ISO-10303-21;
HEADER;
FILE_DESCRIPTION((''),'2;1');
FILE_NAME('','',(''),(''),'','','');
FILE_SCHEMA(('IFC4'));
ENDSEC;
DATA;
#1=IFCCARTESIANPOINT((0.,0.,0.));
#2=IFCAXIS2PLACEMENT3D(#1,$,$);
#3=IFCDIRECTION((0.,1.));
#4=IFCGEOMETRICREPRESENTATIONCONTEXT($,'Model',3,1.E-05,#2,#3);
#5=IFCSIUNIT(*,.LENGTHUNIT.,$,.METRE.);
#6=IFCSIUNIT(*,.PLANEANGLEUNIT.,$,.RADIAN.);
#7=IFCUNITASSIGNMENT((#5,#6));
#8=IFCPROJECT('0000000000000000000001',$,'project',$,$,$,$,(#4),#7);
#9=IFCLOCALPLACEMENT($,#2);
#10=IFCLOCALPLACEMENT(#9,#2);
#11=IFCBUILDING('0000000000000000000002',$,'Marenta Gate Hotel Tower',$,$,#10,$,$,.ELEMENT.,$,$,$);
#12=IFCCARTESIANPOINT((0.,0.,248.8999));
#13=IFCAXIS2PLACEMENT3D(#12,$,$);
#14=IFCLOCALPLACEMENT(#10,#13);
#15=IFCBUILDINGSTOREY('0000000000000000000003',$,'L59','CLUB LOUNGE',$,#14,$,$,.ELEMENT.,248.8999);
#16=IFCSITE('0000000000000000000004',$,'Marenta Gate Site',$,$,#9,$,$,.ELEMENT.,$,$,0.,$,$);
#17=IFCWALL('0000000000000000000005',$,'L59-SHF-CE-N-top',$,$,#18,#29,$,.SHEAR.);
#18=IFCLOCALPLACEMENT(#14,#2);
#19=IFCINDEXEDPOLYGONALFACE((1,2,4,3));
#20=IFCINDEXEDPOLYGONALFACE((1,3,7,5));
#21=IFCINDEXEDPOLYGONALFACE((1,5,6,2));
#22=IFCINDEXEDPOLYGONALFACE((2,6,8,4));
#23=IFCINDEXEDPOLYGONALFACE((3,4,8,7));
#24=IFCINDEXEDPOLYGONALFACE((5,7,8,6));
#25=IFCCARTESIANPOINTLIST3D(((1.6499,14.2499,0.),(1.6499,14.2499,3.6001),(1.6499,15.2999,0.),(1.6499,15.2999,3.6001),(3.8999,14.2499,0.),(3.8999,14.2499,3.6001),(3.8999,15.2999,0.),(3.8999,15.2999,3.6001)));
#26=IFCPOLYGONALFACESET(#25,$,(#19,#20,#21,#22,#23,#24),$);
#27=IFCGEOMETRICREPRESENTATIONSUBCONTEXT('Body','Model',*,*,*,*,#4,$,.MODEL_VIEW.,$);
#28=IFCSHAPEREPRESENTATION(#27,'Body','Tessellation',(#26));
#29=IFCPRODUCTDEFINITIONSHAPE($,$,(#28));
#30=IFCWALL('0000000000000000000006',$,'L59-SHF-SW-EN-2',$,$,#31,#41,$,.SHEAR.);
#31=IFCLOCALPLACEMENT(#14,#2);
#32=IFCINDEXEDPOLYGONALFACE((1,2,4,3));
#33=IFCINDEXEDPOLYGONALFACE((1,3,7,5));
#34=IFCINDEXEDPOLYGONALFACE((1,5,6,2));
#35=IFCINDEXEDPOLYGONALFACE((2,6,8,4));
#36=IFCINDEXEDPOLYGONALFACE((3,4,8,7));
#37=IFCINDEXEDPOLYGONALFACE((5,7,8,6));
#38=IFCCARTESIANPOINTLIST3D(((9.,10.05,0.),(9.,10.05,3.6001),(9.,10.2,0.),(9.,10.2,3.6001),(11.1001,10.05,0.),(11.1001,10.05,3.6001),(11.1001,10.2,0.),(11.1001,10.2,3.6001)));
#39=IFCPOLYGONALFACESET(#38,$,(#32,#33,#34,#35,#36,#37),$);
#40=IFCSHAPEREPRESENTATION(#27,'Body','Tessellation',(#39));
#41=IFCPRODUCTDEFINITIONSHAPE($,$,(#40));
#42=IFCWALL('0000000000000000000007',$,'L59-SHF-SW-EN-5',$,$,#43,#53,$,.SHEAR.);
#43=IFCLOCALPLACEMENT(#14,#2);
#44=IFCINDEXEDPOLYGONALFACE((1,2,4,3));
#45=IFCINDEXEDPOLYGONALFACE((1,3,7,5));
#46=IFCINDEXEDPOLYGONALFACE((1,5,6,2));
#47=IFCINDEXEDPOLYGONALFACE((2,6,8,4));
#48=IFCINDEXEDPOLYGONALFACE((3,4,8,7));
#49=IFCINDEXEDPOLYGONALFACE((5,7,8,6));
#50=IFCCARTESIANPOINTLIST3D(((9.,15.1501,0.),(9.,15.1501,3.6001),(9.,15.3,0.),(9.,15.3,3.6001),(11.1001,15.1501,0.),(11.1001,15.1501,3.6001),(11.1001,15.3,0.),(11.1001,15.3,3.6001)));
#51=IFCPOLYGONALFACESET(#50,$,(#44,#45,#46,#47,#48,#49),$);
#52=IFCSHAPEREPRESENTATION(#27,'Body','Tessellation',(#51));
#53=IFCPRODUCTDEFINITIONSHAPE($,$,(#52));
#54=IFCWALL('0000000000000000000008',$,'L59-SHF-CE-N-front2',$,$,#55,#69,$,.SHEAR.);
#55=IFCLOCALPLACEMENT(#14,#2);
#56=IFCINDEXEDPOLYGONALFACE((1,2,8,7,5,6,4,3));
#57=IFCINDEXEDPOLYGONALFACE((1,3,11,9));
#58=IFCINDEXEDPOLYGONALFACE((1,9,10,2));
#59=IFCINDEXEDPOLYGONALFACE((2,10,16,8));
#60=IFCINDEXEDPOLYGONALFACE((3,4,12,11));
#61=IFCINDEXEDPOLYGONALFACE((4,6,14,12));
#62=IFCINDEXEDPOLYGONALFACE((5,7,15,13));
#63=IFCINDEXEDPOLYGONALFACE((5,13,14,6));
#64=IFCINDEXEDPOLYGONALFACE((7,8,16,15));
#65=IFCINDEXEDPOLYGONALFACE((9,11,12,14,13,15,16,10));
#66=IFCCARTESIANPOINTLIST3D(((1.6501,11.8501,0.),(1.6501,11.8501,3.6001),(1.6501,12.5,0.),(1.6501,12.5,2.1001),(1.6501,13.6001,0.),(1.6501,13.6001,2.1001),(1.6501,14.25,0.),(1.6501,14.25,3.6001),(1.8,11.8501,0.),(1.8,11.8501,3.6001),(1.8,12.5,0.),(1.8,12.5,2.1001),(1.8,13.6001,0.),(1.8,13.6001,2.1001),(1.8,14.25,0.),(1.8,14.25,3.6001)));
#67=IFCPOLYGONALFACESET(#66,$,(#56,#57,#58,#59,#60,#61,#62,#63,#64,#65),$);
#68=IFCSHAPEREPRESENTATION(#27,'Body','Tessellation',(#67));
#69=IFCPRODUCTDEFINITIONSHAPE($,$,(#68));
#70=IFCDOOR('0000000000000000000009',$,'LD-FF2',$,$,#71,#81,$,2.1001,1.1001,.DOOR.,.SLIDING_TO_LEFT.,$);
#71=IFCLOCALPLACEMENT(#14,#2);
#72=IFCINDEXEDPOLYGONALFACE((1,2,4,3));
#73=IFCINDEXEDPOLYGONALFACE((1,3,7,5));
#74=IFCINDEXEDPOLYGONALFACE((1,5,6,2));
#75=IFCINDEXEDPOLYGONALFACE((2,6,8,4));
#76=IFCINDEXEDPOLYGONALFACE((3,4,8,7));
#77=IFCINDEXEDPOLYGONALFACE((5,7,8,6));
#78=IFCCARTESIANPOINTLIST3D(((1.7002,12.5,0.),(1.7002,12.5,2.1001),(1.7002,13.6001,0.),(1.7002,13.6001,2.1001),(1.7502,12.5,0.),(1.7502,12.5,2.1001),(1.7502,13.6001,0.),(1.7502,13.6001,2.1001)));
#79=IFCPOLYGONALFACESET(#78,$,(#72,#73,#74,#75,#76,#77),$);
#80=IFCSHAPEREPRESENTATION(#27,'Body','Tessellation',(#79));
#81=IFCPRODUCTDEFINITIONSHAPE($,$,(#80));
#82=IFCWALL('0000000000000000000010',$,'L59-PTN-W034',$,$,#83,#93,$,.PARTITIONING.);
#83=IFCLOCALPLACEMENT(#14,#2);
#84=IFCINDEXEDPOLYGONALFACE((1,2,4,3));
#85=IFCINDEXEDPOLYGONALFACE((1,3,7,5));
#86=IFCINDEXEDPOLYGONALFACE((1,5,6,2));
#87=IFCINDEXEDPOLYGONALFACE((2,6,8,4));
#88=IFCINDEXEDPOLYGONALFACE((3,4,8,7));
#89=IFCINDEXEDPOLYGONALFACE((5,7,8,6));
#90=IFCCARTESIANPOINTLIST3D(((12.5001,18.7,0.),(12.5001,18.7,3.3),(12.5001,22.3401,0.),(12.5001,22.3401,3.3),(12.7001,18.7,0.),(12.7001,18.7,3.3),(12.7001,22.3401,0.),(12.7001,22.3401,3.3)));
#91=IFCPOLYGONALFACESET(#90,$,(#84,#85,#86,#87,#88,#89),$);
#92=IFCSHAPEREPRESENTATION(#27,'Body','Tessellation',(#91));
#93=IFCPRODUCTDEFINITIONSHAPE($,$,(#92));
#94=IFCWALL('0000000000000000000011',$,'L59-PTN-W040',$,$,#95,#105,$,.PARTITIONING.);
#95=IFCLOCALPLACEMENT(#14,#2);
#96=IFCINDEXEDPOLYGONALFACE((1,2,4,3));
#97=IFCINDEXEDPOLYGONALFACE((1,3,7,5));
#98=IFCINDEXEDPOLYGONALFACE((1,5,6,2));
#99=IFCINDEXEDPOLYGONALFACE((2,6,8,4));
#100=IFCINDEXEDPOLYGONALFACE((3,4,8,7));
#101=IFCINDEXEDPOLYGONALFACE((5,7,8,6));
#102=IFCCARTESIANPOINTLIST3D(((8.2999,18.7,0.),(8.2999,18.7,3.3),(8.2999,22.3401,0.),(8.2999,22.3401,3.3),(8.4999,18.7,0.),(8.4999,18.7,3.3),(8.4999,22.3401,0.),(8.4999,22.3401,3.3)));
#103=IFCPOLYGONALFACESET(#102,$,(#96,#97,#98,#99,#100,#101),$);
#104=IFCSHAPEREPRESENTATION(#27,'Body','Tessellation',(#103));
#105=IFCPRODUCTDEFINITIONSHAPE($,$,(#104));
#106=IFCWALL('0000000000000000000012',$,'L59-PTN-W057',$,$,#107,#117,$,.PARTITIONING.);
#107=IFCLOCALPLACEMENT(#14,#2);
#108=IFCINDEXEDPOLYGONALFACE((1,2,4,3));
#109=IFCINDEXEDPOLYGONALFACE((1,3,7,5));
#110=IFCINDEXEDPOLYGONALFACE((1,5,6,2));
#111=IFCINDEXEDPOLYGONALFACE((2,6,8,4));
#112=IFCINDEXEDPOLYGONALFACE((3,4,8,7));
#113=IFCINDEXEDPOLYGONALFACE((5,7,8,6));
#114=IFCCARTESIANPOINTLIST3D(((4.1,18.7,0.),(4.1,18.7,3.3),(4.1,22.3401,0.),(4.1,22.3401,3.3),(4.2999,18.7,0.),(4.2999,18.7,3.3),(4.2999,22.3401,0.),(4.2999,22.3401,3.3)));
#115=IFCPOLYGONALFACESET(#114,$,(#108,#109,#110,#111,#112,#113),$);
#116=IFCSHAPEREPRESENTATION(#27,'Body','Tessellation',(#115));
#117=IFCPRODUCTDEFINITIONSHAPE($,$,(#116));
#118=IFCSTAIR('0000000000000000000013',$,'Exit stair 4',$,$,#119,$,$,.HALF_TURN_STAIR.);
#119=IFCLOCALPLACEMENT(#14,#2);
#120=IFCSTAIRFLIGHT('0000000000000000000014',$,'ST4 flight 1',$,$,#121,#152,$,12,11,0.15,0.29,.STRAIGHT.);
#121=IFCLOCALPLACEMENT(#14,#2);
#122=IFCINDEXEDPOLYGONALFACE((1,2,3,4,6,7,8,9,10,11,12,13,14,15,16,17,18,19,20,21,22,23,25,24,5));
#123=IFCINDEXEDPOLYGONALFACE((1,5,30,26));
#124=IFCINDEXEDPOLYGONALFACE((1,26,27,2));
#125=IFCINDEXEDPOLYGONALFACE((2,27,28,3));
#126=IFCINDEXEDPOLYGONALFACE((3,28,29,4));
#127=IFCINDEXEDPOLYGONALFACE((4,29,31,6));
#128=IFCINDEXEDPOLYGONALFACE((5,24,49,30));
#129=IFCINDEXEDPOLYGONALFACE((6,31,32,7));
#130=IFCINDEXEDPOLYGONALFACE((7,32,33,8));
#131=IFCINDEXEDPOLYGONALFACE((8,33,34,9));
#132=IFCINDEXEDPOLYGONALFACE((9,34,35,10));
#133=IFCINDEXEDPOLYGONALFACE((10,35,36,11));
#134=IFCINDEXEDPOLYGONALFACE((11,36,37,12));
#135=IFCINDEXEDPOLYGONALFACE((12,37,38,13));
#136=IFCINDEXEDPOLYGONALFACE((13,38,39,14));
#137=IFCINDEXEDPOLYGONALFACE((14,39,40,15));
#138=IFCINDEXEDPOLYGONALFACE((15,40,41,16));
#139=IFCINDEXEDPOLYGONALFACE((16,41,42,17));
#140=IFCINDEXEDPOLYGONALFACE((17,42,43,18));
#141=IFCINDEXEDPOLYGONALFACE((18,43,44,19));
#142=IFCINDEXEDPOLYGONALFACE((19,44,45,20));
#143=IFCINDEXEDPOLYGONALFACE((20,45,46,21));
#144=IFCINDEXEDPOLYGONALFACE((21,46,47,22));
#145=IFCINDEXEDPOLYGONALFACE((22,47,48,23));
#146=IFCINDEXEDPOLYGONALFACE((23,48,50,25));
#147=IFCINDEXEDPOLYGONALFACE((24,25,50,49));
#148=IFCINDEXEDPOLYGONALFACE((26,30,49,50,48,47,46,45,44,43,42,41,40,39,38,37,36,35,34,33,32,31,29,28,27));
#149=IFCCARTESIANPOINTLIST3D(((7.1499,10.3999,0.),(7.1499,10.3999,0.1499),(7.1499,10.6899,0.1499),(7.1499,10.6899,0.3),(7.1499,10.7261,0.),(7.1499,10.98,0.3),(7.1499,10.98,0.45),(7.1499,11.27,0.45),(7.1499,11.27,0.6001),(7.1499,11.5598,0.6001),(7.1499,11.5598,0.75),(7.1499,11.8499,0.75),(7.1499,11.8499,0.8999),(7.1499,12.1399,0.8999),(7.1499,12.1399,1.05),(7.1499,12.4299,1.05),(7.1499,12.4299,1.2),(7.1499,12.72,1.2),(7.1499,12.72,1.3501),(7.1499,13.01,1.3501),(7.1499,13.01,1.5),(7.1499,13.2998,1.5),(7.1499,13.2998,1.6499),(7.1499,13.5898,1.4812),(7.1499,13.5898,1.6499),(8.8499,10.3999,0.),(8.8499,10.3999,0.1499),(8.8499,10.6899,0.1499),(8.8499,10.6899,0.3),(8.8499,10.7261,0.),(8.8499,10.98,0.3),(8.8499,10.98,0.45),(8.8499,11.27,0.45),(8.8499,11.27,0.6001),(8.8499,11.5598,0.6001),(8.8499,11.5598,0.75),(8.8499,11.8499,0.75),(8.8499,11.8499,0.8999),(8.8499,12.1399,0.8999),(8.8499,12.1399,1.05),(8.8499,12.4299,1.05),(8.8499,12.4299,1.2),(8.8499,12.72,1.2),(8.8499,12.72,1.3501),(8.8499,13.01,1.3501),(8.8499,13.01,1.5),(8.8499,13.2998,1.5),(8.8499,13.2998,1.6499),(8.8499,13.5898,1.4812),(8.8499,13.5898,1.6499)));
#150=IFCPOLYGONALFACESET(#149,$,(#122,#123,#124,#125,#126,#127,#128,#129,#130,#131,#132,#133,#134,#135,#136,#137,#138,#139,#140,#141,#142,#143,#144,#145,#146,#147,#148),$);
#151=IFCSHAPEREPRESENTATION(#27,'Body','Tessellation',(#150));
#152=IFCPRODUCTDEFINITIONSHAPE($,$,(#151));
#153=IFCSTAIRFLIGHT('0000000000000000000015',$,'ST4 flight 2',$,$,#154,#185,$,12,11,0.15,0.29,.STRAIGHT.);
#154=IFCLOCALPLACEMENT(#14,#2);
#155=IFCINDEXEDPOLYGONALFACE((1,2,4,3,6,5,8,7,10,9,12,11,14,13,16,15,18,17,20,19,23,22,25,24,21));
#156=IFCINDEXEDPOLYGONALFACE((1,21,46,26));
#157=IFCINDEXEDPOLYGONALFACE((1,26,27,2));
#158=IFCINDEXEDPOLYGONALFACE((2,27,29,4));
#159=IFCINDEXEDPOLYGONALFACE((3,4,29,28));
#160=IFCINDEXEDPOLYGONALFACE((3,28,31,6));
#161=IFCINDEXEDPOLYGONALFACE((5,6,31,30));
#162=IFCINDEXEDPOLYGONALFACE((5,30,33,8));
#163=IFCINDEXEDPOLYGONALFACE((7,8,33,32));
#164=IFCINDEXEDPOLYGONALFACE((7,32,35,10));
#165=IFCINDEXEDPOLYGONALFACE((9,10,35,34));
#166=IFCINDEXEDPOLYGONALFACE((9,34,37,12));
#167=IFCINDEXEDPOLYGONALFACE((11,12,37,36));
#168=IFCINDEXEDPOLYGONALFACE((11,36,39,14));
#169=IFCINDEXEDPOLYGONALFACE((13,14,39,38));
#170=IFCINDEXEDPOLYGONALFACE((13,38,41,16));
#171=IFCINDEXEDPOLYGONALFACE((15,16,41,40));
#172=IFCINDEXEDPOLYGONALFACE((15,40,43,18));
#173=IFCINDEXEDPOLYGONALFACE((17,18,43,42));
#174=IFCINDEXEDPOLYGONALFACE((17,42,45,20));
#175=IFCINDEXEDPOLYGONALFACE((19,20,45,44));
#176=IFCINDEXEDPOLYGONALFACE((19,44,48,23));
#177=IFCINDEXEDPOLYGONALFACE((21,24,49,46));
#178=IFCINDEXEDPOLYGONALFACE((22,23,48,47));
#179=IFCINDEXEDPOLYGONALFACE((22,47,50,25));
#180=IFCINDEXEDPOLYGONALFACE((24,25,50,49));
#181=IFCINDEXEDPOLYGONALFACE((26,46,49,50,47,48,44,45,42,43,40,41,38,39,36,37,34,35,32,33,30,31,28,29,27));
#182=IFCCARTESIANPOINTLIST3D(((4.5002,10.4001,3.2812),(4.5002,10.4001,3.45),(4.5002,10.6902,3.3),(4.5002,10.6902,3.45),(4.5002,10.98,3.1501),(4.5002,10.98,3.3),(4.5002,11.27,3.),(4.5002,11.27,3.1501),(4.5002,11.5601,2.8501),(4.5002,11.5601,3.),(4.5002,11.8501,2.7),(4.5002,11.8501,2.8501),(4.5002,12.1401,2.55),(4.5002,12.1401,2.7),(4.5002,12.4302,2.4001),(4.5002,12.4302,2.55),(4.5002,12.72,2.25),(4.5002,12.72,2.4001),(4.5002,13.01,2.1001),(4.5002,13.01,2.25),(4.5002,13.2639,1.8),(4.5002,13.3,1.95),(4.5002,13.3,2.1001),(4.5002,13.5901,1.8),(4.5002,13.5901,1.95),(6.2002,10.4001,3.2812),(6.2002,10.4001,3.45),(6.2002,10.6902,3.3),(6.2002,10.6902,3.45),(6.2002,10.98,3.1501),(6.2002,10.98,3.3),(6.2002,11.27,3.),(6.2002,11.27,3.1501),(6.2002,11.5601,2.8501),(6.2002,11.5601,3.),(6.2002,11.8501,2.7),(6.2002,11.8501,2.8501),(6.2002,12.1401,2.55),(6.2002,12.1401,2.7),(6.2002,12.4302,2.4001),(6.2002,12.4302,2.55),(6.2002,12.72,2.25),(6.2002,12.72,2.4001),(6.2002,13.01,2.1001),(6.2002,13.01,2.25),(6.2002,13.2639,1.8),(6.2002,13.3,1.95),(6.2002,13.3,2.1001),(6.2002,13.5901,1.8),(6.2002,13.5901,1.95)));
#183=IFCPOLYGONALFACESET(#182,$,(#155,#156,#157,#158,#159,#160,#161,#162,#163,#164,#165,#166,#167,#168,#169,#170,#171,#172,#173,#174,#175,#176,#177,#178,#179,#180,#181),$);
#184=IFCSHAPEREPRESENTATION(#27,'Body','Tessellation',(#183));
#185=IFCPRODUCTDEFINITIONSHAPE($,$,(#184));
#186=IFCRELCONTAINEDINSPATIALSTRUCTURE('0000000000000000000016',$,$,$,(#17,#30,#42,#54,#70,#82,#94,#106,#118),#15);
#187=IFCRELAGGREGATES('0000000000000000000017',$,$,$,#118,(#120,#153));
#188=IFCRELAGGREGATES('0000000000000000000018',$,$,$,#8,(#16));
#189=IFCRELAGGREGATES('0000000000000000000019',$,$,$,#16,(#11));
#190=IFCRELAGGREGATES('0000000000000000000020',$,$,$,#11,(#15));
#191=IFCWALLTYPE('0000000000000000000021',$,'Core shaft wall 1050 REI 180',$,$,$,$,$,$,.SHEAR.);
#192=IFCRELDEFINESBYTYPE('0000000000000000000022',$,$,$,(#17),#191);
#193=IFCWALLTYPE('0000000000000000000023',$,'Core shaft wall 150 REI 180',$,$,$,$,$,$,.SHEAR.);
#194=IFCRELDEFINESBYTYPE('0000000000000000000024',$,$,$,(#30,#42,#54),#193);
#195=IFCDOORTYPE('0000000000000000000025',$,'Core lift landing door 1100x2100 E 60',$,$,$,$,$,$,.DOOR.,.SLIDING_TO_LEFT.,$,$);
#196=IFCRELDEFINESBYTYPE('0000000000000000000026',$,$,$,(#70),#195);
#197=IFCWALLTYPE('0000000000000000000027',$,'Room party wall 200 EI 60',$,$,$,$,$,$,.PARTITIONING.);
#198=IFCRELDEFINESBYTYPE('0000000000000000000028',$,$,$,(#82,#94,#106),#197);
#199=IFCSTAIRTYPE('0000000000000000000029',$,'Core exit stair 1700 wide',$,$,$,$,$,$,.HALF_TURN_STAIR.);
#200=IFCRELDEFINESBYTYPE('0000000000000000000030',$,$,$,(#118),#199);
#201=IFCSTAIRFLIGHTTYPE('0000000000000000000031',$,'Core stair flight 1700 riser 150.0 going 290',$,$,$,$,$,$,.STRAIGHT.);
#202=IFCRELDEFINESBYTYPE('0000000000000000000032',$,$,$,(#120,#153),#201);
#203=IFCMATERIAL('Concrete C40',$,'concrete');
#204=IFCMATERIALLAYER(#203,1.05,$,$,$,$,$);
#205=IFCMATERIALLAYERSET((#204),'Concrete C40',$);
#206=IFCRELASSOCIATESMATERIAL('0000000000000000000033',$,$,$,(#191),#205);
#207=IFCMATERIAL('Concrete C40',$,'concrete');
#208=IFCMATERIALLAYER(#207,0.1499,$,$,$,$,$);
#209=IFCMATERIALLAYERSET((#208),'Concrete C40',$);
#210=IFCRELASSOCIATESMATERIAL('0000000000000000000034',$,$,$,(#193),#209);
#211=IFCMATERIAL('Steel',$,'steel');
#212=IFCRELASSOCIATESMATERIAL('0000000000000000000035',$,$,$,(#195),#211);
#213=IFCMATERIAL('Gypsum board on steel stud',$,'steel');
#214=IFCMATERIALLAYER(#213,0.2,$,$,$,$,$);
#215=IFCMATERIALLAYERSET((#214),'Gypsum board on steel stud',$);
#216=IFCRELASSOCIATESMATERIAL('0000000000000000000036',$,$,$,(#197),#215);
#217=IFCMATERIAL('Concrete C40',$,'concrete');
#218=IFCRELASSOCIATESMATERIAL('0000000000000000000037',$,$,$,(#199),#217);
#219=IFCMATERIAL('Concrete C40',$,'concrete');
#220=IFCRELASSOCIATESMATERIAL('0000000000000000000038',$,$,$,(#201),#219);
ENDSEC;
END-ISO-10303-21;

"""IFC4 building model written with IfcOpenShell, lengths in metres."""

from ifc_helpers import new_model, si_unit, direction, frame, frame_2d, origin, place, context, subcontext, project, spatial, polyline, rectangle, outline, extrude, material, layer, layer_set, type_object, element, fill, aggregate, save


model = new_model("IFC4")

# Units and contexts
model_context = context("Model", 3, precision=1e-05, world=origin(), true_north=direction((0.0, 1.0)))
body_context = subcontext(model_context, "Body", "Model", "MODEL_VIEW")
ifc_project = project(units=[si_unit("LENGTHUNIT", "METRE"), si_unit("PLANEANGLEUNIT", "RADIAN")], contexts=[model_context])

# Site, building, storey
site_placement = place(None, origin())
site = spatial("IfcSite", under=ifc_project, at=site_placement, Name="Marenta Gate Site", CompositionType="ELEMENT", RefElevation=0.0)
building_placement = place(site_placement, origin())
building = spatial("IfcBuilding", under=site, at=building_placement, Name="Marenta Gate Hotel Tower", CompositionType="ELEMENT")
storey_placement = place(building_placement, frame((0.0, 0.0, 248.8999)))
storey = spatial("IfcBuildingStorey", under=building, at=storey_placement, Name="L59", Description="CLUB LOUNGE", CompositionType="ELEMENT", Elevation=248.8999)

# Walls
ifc_material_1 = material(Name="Concrete C40", Category="concrete")
ifc_layer_1 = layer(ifc_material_1, 1.05)
ifc_layer_set_1 = layer_set([ifc_layer_1], Name="Concrete C40")
wall_type_1 = type_object("IfcWallType", Name="Core shaft wall 1050 REI 180", PredefinedType="SHEAR", material=ifc_layer_set_1)
wall_1_placement = place(storey_placement, frame((1.6499, 14.7749, 0.0), z_axis=(0.0, 0.0, 1.0), x_axis=(1.0, 0.0, 0.0)))
element("IfcWall", 1, at=wall_1_placement, inside=storey, type_object=wall_type_1, Name="L59-SHF-CE-N-top", PredefinedType="SHEAR", context=body_context, shape_type="SweptSolid", body=[
    extrude(rectangle(XDim=2.25, YDim=1.05, at=frame_2d((1.125, 0.0))), origin(), (0.0, 0.0, 1.0), 3.6001),
])
ifc_material_2 = material(Name="Concrete C40", Category="concrete")
ifc_layer_2 = layer(ifc_material_2, 0.1499)
ifc_layer_set_2 = layer_set([ifc_layer_2], Name="Concrete C40")
wall_type_2 = type_object("IfcWallType", Name="Core shaft wall 150 REI 180", PredefinedType="SHEAR", material=ifc_layer_set_2)
for number, where, z_axis, x_axis, name in (
    (2, (9.0, 10.125, 0.0), (0.0, 0.0, 1.0), (1.0, 0.0, 0.0), "L59-SHF-SW-EN-2"),
    (3, (9.0, 15.2251, 0.0), (0.0, 0.0, 1.0), (1.0, 0.0, 0.0), "L59-SHF-SW-EN-5"),
):
    element("IfcWall", number, at=place(storey_placement, frame(where, z_axis=z_axis, x_axis=x_axis)), inside=storey, type_object=wall_type_2, Name=name, PredefinedType="SHEAR", context=body_context, shape_type="SweptSolid", body=[
        extrude(rectangle(XDim=2.1001, YDim=0.1499, at=frame_2d((1.05, 0.0))), origin(), (0.0, 0.0, 1.0), 3.6001),
    ])

# Wall, opening, door
wall_2_placement = place(storey_placement, frame((1.7251, 11.8501, 0.0), z_axis=(0.0, 0.0, 1.0), x_axis=(0.0, 1.0, 0.0)))
wall_2 = element("IfcWall", 4, at=wall_2_placement, inside=storey, type_object=wall_type_2, Name="L59-SHF-CE-N-front2", PredefinedType="SHEAR", context=body_context, shape_type="SweptSolid", body=[
    extrude(rectangle(XDim=2.3999, YDim=0.1499, at=frame_2d((1.2, 0.0))), origin(), (0.0, 0.0, 1.0), 3.6001),
])
opening_placement = place(wall_2_placement, frame((0.6499, 0.0, 0.0)))
opening = element("IfcOpeningElement", 5, at=opening_placement, cuts=wall_2, PredefinedType="OPENING", context=body_context, shape_type="SweptSolid", body=[
    extrude(rectangle(XDim=1.1001, YDim=2.1001, at=frame_2d((0.55, 1.05))), frame((0.0, 0.075, 0.0), z_axis=(0.0, -1.0, 0.0), x_axis=(1.0, 0.0, 0.0)), (0.0, 0.0, 1.0), 0.1499),
])
ifc_material_3 = material(Name="Steel", Category="steel")
door_type = type_object("IfcDoorType", Name="Core lift landing door 1100x2100 E 60", OperationType="SLIDING_TO_LEFT", PredefinedType="DOOR", material=ifc_material_3)
door_placement = place(opening_placement, origin())
door = element("IfcDoor", 6, at=door_placement, inside=storey, type_object=door_type, Name="LD-FF2", OperationType="SLIDING_TO_LEFT", OverallHeight=2.1001, OverallWidth=1.1001, PredefinedType="DOOR", context=body_context, shape_type="SweptSolid", body=[
    extrude(rectangle(XDim=1.1001, YDim=2.1001, at=frame_2d((0.55, 1.05))), frame((0.0, 0.0249, 0.0), z_axis=(0.0, -1.0, 0.0), x_axis=(1.0, 0.0, 0.0)), (0.0, 0.0, 1.0), 0.05),
])
fill(opening, door)

# Walls
ifc_material_4 = material(Name="Gypsum board on steel stud", Category="steel")
ifc_layer_3 = layer(ifc_material_4, 0.2)
ifc_layer_set_3 = layer_set([ifc_layer_3], Name="Gypsum board on steel stud")
wall_type_3 = type_object("IfcWallType", Name="Room party wall 200 EI 60", PredefinedType="PARTITIONING", material=ifc_layer_set_3)
for number, where, z_axis, x_axis, name in (
    (7, (12.6001, 18.7, 0.0), (0.0, 0.0, 1.0), (0.0, 1.0, 0.0), "L59-PTN-W034"),
    (8, (8.3999, 18.7, 0.0), (0.0, 0.0, 1.0), (0.0, 1.0, 0.0), "L59-PTN-W040"),
    (9, (4.2, 18.7, 0.0), (0.0, 0.0, 1.0), (0.0, 1.0, 0.0), "L59-PTN-W057"),
):
    element("IfcWall", number, at=place(storey_placement, frame(where, z_axis=z_axis, x_axis=x_axis)), inside=storey, type_object=wall_type_3, Name=name, PredefinedType="PARTITIONING", context=body_context, shape_type="SweptSolid", body=[
        extrude(rectangle(XDim=3.6401, YDim=0.2, at=frame_2d((1.8201, 0.0))), origin(), (0.0, 0.0, 1.0), 3.3),
    ])

# Stair, stair flights
ifc_material_5 = material(Name="Concrete C40", Category="concrete")
stair_type = type_object("IfcStairType", Name="Core exit stair 1700 wide", PredefinedType="HALF_TURN_STAIR", material=ifc_material_5)
stair_placement = place(storey_placement, origin())
stair = element("IfcStair", 10, at=stair_placement, inside=storey, type_object=stair_type, Name="Exit stair 4", PredefinedType="HALF_TURN_STAIR")
ifc_material_6 = material(Name="Concrete C40", Category="concrete")
stair_flight_type = type_object("IfcStairFlightType", Name="Core stair flight 1700 riser 150.0 going 290", PredefinedType="STRAIGHT", material=ifc_material_6)
stair_flight_1_placement = place(storey_placement, frame((8.0, 10.3999, 0.0), z_axis=(0.0, 0.0, 1.0), x_axis=(0.0, 1.0, 0.0)))
stair_flight_1 = element("IfcStairFlight", 11, at=stair_flight_1_placement, type_object=stair_flight_type, Name="ST4 flight 1", NumberOfRisers=12, NumberOfTreads=11, PredefinedType="STRAIGHT", RiserHeight=0.15, TreadLength=0.29, context=body_context, shape_type="SweptSolid", body=[
    extrude(outline(polyline([(0.0, 0.0), (0.0, 0.1499), (0.29, 0.1499), (0.29, 0.3), (0.5801, 0.3), (0.5801, 0.45), (0.8701, 0.45), (0.8701, 0.6001), (1.1599, 0.6001), (1.1599, 0.75), (1.45, 0.75), (1.45, 0.8999), (1.74, 0.8999), (1.74, 1.05), (2.03, 1.05), (2.03, 1.2), (2.3201, 1.2), (2.3201, 1.3501), (2.6101, 1.3501), (2.6101, 1.5), (2.8999, 1.5), (2.8999, 1.6499), (3.1899, 1.6499), (3.1899, 1.8), (3.1899, 1.4812), (0.3262, 0.0), (0.0, 0.0)])), frame((0.0, 0.8501, 0.0), z_axis=(0.0, -1.0, 0.0), x_axis=(1.0, 0.0, 0.0)), (0.0, 0.0, 1.0), 1.7),
])
stair_flight_2_placement = place(storey_placement, frame((5.3501, 13.5901, 1.8), z_axis=(0.0, 0.0, 1.0), x_axis=(0.0, -1.0, 0.0)))
stair_flight_2 = element("IfcStairFlight", 12, at=stair_flight_2_placement, type_object=stair_flight_type, Name="ST4 flight 2", NumberOfRisers=12, NumberOfTreads=11, PredefinedType="STRAIGHT", RiserHeight=0.15, TreadLength=0.29, context=body_context, shape_type="SweptSolid", body=[
    extrude(outline(polyline([(0.0, 0.0), (0.0, 0.1499), (0.29, 0.1499), (0.29, 0.3), (0.5801, 0.3), (0.5801, 0.45), (0.8701, 0.45), (0.8701, 0.6001), (1.1599, 0.6001), (1.1599, 0.75), (1.45, 0.75), (1.45, 0.8999), (1.74, 0.8999), (1.74, 1.05), (2.03, 1.05), (2.03, 1.2), (2.3201, 1.2), (2.3201, 1.3501), (2.6101, 1.3501), (2.6101, 1.5), (2.8999, 1.5), (2.8999, 1.6499), (3.1899, 1.6499), (3.1899, 1.8), (3.1899, 1.4812), (0.3262, 0.0), (0.0, 0.0)])), frame((0.0, 0.8501, 0.0), z_axis=(0.0, -1.0, 0.0), x_axis=(1.0, 0.0, 0.0)), (0.0, 0.0, 1.0), 1.7),
])
aggregate(stair, [stair_flight_1, stair_flight_2])

save(model, "model.ifc")
